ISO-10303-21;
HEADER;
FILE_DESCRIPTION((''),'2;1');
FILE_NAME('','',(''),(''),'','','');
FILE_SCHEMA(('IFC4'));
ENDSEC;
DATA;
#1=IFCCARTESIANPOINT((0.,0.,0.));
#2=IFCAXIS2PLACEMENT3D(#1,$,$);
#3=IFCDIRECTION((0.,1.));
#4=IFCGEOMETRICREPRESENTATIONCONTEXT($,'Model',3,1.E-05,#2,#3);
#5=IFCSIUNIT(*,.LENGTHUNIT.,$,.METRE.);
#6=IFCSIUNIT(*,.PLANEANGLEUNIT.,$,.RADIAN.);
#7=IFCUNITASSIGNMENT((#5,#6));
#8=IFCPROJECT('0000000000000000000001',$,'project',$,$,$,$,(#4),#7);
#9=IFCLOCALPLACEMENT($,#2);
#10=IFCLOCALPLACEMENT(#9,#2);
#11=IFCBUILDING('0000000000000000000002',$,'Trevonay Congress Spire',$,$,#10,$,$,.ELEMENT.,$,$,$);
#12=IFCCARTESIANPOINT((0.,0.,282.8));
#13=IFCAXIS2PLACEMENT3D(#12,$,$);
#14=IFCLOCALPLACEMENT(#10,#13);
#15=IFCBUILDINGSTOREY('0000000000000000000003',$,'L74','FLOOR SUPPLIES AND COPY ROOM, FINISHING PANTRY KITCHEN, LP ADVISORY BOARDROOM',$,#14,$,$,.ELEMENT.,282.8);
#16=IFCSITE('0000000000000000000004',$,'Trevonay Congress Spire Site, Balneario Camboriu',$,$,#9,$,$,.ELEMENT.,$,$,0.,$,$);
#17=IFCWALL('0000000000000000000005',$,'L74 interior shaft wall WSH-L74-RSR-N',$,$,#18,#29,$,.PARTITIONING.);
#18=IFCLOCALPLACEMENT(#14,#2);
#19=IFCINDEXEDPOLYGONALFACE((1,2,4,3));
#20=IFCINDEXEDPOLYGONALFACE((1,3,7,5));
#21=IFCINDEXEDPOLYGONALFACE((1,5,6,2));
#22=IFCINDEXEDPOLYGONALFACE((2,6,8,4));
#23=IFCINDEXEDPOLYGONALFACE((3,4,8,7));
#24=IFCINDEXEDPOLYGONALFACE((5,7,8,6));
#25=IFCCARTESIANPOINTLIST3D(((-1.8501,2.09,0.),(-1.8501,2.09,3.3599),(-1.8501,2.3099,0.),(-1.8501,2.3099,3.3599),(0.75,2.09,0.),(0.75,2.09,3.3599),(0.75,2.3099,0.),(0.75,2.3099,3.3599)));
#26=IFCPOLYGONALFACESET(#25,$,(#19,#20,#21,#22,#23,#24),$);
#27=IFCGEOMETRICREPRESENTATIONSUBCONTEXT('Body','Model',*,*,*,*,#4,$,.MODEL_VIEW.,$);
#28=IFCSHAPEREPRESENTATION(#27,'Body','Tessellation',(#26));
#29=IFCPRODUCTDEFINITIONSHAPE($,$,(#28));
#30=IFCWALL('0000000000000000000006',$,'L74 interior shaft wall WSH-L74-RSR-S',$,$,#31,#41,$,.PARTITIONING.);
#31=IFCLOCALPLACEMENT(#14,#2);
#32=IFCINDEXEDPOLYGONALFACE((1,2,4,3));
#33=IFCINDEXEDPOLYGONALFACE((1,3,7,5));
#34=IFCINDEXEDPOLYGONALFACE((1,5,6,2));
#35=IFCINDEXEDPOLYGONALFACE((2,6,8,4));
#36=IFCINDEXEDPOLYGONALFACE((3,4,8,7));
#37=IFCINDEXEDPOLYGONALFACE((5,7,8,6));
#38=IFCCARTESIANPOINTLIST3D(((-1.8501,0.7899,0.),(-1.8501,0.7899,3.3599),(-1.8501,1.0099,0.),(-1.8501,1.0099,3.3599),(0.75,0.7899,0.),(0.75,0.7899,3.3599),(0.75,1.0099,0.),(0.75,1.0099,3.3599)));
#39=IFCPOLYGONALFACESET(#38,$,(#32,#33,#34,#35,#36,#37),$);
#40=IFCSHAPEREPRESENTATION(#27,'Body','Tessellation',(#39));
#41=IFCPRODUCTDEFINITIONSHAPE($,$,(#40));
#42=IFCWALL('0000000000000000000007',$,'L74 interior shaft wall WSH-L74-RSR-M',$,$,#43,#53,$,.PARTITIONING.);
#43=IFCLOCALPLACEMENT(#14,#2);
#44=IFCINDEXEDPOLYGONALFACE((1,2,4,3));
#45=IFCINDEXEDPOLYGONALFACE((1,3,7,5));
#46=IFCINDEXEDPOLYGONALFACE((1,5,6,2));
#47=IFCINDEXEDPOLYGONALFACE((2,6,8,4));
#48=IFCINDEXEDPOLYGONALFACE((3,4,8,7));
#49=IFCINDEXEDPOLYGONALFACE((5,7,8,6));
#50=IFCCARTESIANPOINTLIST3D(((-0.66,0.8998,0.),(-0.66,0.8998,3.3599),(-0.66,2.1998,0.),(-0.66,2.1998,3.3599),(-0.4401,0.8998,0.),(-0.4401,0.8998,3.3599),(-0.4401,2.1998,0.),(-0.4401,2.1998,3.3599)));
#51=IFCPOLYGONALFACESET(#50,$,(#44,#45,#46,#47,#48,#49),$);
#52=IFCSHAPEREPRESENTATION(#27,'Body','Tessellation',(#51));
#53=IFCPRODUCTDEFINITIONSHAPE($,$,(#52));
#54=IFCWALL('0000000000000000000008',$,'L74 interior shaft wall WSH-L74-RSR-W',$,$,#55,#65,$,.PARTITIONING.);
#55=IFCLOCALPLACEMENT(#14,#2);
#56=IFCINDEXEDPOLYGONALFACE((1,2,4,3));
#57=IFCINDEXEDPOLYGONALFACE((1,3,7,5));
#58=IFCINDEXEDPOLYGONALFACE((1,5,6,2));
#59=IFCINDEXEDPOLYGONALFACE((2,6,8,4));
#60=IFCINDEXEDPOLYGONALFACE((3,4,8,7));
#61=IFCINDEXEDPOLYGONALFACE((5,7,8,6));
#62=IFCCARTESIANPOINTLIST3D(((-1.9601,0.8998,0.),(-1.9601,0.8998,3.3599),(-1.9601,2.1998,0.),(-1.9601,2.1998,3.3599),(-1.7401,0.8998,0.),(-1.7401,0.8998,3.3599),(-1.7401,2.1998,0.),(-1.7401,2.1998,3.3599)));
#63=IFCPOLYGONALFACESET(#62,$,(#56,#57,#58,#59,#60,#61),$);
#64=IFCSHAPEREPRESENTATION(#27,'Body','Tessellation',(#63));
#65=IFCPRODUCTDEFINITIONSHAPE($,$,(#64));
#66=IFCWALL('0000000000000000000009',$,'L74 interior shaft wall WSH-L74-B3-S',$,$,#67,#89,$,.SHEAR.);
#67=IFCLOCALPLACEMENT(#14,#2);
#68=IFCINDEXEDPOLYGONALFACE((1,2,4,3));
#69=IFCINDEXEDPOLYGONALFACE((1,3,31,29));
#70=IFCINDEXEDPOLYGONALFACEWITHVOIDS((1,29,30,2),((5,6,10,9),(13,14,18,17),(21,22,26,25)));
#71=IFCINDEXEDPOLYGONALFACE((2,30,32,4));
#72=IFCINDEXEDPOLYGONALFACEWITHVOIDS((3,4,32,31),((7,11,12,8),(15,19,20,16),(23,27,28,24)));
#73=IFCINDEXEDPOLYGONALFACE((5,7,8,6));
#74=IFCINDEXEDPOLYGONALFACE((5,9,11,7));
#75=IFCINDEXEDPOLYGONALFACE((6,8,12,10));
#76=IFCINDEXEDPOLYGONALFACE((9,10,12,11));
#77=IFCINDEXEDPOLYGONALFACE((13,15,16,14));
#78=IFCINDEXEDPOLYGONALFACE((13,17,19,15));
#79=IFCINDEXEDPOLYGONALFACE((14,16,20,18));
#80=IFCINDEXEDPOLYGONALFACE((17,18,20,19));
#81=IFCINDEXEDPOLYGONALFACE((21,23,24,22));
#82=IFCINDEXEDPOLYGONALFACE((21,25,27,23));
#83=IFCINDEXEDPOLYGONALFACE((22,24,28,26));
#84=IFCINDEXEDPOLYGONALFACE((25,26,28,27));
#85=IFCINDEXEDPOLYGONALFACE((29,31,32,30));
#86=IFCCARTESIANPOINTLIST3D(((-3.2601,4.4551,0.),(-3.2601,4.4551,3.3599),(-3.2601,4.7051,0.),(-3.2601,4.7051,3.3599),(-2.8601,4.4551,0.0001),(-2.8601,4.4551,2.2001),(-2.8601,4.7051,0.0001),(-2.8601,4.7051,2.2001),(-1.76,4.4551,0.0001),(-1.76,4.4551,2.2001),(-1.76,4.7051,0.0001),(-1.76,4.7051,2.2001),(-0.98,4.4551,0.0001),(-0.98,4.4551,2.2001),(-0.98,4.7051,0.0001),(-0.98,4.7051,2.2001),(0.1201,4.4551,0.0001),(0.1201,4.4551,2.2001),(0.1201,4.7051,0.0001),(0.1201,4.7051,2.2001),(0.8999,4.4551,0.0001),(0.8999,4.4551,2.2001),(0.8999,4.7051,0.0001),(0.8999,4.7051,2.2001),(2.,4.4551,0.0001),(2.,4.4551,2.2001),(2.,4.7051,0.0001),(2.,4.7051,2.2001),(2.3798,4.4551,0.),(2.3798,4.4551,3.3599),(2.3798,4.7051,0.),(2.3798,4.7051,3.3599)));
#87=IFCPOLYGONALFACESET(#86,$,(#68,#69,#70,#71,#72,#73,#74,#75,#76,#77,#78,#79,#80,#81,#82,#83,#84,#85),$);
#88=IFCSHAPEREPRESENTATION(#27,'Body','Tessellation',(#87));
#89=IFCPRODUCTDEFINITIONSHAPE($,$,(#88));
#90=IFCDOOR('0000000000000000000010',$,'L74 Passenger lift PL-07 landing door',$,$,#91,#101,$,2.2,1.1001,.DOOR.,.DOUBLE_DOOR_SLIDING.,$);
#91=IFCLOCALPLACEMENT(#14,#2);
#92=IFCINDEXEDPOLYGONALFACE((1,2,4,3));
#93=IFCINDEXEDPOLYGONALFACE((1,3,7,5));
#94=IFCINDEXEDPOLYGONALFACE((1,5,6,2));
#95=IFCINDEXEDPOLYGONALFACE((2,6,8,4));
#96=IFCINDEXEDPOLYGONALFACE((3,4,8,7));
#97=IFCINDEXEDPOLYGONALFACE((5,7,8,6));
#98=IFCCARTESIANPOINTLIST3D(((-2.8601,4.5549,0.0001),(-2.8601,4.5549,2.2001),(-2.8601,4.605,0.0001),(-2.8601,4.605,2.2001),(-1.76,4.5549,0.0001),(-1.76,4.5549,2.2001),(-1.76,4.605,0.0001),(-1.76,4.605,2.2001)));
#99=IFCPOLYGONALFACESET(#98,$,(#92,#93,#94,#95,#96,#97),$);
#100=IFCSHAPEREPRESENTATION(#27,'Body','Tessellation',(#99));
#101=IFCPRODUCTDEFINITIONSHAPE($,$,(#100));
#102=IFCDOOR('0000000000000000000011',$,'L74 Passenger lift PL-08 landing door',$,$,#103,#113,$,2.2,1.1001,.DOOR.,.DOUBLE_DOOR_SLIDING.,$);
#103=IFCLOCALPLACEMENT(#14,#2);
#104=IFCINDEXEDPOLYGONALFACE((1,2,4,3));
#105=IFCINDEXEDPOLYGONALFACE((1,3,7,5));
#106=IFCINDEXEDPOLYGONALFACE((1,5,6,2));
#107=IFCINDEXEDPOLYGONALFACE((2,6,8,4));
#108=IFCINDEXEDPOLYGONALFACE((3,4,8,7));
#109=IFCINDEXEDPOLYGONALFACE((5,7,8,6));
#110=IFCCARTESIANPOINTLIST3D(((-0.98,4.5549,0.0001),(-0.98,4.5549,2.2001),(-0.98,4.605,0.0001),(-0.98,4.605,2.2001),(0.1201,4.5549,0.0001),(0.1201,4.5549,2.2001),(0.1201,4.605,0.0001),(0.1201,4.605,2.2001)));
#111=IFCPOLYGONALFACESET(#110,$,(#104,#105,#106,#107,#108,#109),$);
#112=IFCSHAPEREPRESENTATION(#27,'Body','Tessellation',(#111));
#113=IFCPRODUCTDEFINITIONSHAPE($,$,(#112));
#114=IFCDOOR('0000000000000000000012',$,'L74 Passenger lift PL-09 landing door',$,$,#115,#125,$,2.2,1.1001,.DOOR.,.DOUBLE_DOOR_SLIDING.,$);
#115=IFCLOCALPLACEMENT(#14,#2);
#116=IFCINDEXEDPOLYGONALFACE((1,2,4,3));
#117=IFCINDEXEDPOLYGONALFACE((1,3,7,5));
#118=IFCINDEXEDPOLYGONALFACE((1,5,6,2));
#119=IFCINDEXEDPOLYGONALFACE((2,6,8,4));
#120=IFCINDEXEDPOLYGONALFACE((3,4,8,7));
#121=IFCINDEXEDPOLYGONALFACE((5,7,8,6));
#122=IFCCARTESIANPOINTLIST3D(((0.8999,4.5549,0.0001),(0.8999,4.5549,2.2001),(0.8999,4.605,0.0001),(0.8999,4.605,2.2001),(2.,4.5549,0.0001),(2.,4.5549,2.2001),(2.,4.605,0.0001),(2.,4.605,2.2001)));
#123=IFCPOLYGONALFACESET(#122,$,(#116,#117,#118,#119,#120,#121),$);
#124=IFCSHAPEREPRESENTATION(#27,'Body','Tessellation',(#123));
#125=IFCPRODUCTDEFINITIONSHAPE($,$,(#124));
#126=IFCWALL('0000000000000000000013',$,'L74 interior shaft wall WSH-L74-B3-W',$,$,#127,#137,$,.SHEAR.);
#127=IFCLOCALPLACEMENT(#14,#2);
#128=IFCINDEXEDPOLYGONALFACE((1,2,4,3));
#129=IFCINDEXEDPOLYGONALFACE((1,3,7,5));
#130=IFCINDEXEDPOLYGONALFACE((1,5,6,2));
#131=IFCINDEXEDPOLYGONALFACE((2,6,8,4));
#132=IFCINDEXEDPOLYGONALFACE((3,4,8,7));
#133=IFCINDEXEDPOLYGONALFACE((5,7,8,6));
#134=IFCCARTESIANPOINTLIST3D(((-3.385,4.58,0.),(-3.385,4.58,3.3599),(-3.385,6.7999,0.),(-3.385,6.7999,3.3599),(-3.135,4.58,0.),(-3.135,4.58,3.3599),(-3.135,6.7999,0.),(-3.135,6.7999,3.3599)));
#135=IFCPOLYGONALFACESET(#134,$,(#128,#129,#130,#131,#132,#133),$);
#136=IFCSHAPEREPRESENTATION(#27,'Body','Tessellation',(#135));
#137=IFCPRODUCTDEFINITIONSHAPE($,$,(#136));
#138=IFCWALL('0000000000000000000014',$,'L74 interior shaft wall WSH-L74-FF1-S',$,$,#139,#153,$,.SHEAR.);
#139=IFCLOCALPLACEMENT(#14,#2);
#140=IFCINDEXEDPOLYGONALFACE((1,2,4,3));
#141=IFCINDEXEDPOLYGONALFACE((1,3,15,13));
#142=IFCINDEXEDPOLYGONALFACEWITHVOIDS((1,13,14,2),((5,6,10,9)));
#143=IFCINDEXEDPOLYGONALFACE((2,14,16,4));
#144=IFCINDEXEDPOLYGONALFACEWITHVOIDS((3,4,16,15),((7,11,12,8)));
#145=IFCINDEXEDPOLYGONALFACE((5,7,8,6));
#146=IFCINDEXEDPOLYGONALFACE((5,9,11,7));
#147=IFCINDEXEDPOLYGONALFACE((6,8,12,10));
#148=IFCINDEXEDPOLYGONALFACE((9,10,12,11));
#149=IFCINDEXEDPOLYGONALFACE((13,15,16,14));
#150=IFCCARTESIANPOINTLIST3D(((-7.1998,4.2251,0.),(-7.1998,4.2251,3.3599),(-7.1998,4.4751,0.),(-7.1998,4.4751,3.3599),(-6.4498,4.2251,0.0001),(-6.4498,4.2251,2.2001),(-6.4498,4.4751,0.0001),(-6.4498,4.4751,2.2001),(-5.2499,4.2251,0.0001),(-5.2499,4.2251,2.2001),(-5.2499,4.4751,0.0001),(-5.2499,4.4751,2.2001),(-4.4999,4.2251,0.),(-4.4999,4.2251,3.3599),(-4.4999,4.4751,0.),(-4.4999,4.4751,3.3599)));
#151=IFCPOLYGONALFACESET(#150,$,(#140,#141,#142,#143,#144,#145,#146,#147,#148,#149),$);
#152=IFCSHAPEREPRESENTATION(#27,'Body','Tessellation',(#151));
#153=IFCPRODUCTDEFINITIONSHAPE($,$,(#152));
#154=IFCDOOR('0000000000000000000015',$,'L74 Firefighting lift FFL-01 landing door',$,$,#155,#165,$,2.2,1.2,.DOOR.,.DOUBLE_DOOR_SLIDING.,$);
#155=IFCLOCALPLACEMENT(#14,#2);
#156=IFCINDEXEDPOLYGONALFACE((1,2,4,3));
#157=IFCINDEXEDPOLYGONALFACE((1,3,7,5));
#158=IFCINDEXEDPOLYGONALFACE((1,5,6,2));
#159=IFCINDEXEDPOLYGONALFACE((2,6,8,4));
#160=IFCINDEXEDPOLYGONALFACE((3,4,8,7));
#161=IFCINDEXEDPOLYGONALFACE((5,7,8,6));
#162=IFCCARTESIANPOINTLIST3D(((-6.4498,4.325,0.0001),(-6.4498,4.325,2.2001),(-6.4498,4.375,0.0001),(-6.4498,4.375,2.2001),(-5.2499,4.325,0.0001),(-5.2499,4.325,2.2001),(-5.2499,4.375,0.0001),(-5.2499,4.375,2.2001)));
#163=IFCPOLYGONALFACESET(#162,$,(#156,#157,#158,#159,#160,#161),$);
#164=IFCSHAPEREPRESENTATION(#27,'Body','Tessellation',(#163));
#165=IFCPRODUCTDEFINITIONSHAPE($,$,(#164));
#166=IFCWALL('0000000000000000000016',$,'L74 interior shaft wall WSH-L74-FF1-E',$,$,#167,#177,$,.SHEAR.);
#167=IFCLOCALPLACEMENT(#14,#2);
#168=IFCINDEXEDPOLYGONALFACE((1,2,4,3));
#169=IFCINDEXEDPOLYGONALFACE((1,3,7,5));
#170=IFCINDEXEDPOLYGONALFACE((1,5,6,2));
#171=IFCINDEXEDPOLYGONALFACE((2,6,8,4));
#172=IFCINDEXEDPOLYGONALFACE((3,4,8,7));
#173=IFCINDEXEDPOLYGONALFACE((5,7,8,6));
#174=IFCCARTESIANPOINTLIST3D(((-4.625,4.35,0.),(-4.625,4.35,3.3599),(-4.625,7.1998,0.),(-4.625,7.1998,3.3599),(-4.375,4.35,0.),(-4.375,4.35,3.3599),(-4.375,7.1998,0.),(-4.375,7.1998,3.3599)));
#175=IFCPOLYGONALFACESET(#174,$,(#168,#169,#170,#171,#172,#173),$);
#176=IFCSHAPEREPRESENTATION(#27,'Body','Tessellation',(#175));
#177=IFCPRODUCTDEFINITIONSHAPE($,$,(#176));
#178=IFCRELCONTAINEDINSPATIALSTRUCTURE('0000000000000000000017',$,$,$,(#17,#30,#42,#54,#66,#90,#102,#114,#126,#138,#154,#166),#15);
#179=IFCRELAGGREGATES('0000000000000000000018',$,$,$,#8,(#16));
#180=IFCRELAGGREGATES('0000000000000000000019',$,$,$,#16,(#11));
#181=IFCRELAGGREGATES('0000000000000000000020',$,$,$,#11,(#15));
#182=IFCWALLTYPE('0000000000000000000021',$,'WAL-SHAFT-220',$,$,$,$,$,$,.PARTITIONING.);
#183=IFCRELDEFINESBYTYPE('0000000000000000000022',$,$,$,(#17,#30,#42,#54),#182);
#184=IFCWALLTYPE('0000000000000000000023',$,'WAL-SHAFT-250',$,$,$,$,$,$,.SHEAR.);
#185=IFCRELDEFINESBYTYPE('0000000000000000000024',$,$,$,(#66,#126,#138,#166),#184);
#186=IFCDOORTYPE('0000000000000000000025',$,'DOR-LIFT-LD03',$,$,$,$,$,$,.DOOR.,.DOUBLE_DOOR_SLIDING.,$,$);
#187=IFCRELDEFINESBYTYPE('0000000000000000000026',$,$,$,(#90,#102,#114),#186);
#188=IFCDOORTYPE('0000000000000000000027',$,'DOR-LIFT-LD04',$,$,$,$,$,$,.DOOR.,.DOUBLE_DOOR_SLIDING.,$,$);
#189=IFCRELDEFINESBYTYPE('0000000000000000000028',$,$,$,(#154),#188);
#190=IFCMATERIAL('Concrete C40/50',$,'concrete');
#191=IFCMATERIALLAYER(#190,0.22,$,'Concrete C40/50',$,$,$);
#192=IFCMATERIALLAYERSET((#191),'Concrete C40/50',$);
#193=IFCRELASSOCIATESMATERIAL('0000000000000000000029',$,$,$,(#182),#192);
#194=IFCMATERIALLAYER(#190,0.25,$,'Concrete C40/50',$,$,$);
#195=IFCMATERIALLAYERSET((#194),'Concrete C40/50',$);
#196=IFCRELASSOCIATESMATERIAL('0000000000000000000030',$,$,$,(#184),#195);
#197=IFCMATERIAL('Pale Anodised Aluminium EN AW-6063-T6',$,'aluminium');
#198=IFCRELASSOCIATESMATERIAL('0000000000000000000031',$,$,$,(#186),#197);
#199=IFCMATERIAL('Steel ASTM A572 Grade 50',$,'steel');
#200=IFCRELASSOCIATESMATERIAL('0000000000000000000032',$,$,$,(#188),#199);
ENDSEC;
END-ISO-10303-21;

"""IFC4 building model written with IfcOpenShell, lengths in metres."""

from ifc_helpers import new_model, si_unit, direction, frame, frame_2d, origin, place, context, subcontext, project, spatial, rectangle, extrude, material, layer, layer_set, type_object, element, fill, save


model = new_model("IFC4")

# Units and contexts
model_context = context("Model", 3, precision=1e-05, world=origin(), true_north=direction((0.0, 1.0)))
body_context = subcontext(model_context, "Body", "Model", "MODEL_VIEW")
ifc_project = project(units=[si_unit("LENGTHUNIT", "METRE"), si_unit("PLANEANGLEUNIT", "RADIAN")], contexts=[model_context])

# Site, building, storey
site_placement = place(None, origin())
site = spatial("IfcSite", under=ifc_project, at=site_placement, Name="Trevonay Congress Spire Site, Balneario Camboriu", CompositionType="ELEMENT", RefElevation=0.0)
building_placement = place(site_placement, origin())
building = spatial("IfcBuilding", under=site, at=building_placement, Name="Trevonay Congress Spire", CompositionType="ELEMENT")
storey_placement = place(building_placement, frame((0.0, 0.0, 282.8)))
storey = spatial("IfcBuildingStorey", under=building, at=storey_placement, Name="L74", Description="FLOOR SUPPLIES AND COPY ROOM, FINISHING PANTRY KITCHEN, LP ADVISORY BOARDROOM", CompositionType="ELEMENT", Elevation=282.8)

# Shared definitions
ifc_material_1 = material(Name="Steel ASTM A572 Grade 50", Category="steel")

# Shared definitions
ifc_material_2 = material(Name="Concrete C40/50", Category="concrete")

# Walls
ifc_layer_1 = layer(ifc_material_2, 0.22, Name="Concrete C40/50")
ifc_layer_set_1 = layer_set([ifc_layer_1], Name="Concrete C40/50")
wall_type_1 = type_object("IfcWallType", Name="WAL-SHAFT-220", PredefinedType="PARTITIONING", material=ifc_layer_set_1)
for number, where, z_axis, x_axis, name in (
    (1, (-1.8501, 2.2, 0.0), (0.0, 0.0, 1.0), (1.0, 0.0, 0.0), "L74 interior shaft wall WSH-L74-RSR-N"),
    (2, (-1.8501, 0.8999, 0.0), (0.0, 0.0, 1.0), (1.0, 0.0, 0.0), "L74 interior shaft wall WSH-L74-RSR-S"),
):
    element("IfcWall", number, at=place(storey_placement, frame(where, z_axis=z_axis, x_axis=x_axis)), inside=storey, type_object=wall_type_1, Name=name, PredefinedType="PARTITIONING", context=body_context, shape_type="SweptSolid", body=[
        extrude(rectangle(XDim=2.6001, YDim=0.22, at=frame_2d((1.3, 0.0))), origin(), (0.0, 0.0, 1.0), 3.3599),
    ])
for number, where, z_axis, x_axis, name in (
    (3, (-0.55, 0.8999, 0.0), (0.0, 0.0, 1.0), (0.0, 1.0, 0.0), "L74 interior shaft wall WSH-L74-RSR-M"),
    (4, (-1.8501, 0.8999, 0.0), (0.0, 0.0, 1.0), (0.0, 1.0, 0.0), "L74 interior shaft wall WSH-L74-RSR-W"),
):
    element("IfcWall", number, at=place(storey_placement, frame(where, z_axis=z_axis, x_axis=x_axis)), inside=storey, type_object=wall_type_1, Name=name, PredefinedType="PARTITIONING", context=body_context, shape_type="SweptSolid", body=[
        extrude(rectangle(XDim=1.3, YDim=0.22, at=frame_2d((0.6499, 0.0))), origin(), (0.0, 0.0, 1.0), 3.3599),
    ])

# Wall, openings, doors
ifc_layer_2 = layer(ifc_material_2, 0.25, Name="Concrete C40/50")
ifc_layer_set_2 = layer_set([ifc_layer_2], Name="Concrete C40/50")
wall_type_2 = type_object("IfcWallType", Name="WAL-SHAFT-250", PredefinedType="SHEAR", material=ifc_layer_set_2)
wall_1_placement = place(storey_placement, frame((-3.26, 4.5801, 0.0), z_axis=(0.0, 0.0, 1.0), x_axis=(1.0, 0.0, 0.0)))
wall_1 = element("IfcWall", 5, at=wall_1_placement, inside=storey, type_object=wall_type_2, Name="L74 interior shaft wall WSH-L74-B3-S", PredefinedType="SHEAR", context=body_context, shape_type="SweptSolid", body=[
    extrude(rectangle(XDim=5.6399, YDim=0.25, at=frame_2d((2.8198, 0.0))), origin(), (0.0, 0.0, 1.0), 3.3599),
])
opening_1_placement = place(wall_1_placement, frame((0.3999, 0.0, 0.0)))
opening_1 = element("IfcOpeningElement", 6, at=opening_1_placement, cuts=wall_1, PredefinedType="OPENING", context=body_context, shape_type="SweptSolid", body=[
    extrude(rectangle(XDim=1.1001, YDim=2.2, at=frame_2d((0.55, 1.1001))), frame((0.0, 0.135, 0.0), z_axis=(0.0, -1.0, 0.0), x_axis=(1.0, 0.0, 0.0)), (0.0, 0.0, 1.0), 0.27),
])
opening_2_placement = place(wall_1_placement, frame((2.28, 0.0, 0.0)))
opening_2 = element("IfcOpeningElement", 7, at=opening_2_placement, cuts=wall_1, PredefinedType="OPENING", context=body_context, shape_type="SweptSolid", body=[
    extrude(rectangle(XDim=1.1001, YDim=2.2, at=frame_2d((0.55, 1.1001))), frame((0.0, 0.135, 0.0), z_axis=(0.0, -1.0, 0.0), x_axis=(1.0, 0.0, 0.0)), (0.0, 0.0, 1.0), 0.27),
])
opening_3_placement = place(wall_1_placement, frame((4.1599, 0.0, 0.0)))
opening_3 = element("IfcOpeningElement", 8, at=opening_3_placement, cuts=wall_1, PredefinedType="OPENING", context=body_context, shape_type="SweptSolid", body=[
    extrude(rectangle(XDim=1.1001, YDim=2.2, at=frame_2d((0.55, 1.1001))), frame((0.0, 0.135, 0.0), z_axis=(0.0, -1.0, 0.0), x_axis=(1.0, 0.0, 0.0)), (0.0, 0.0, 1.0), 0.27),
])
ifc_material_3 = material(Name="Pale Anodised Aluminium EN AW-6063-T6", Category="aluminium")
door_type_1 = type_object("IfcDoorType", Name="DOR-LIFT-LD03", OperationType="DOUBLE_DOOR_SLIDING", PredefinedType="DOOR", material=ifc_material_3)
door_1_placement = place(opening_1_placement, origin())
door_1 = element("IfcDoor", 9, at=door_1_placement, inside=storey, type_object=door_type_1, Name="L74 Passenger lift PL-07 landing door", OperationType="DOUBLE_DOOR_SLIDING", OverallHeight=2.2, OverallWidth=1.1001, PredefinedType="DOOR", context=body_context, shape_type="SweptSolid", body=[
    extrude(rectangle(XDim=1.1001, YDim=2.2, at=frame_2d((0.55, 1.1001))), frame((0.0, 0.0249, 0.0), z_axis=(0.0, -1.0, 0.0), x_axis=(1.0, 0.0, 0.0)), (0.0, 0.0, 1.0), 0.05),
])
fill(opening_1, door_1)
door_2_placement = place(opening_2_placement, origin())
door_2 = element("IfcDoor", 10, at=door_2_placement, inside=storey, type_object=door_type_1, Name="L74 Passenger lift PL-08 landing door", OperationType="DOUBLE_DOOR_SLIDING", OverallHeight=2.2, OverallWidth=1.1001, PredefinedType="DOOR", context=body_context, shape_type="SweptSolid", body=[
    extrude(rectangle(XDim=1.1001, YDim=2.2, at=frame_2d((0.55, 1.1001))), frame((0.0, 0.0249, 0.0), z_axis=(0.0, -1.0, 0.0), x_axis=(1.0, 0.0, 0.0)), (0.0, 0.0, 1.0), 0.05),
])
fill(opening_2, door_2)
door_3_placement = place(opening_3_placement, origin())
door_3 = element("IfcDoor", 11, at=door_3_placement, inside=storey, type_object=door_type_1, Name="L74 Passenger lift PL-09 landing door", OperationType="DOUBLE_DOOR_SLIDING", OverallHeight=2.2, OverallWidth=1.1001, PredefinedType="DOOR", context=body_context, shape_type="SweptSolid", body=[
    extrude(rectangle(XDim=1.1001, YDim=2.2, at=frame_2d((0.55, 1.1001))), frame((0.0, 0.0249, 0.0), z_axis=(0.0, -1.0, 0.0), x_axis=(1.0, 0.0, 0.0)), (0.0, 0.0, 1.0), 0.05),
])
fill(opening_3, door_3)

# Wall
wall_2_placement = place(storey_placement, frame((-3.26, 4.5801, 0.0), z_axis=(0.0, 0.0, 1.0), x_axis=(0.0, 1.0, 0.0)))
element("IfcWall", 12, at=wall_2_placement, inside=storey, type_object=wall_type_2, Name="L74 interior shaft wall WSH-L74-B3-W", PredefinedType="SHEAR", context=body_context, shape_type="SweptSolid", body=[
    extrude(rectangle(XDim=2.22, YDim=0.25, at=frame_2d((1.1099, 0.0))), origin(), (0.0, 0.0, 1.0), 3.3599),
])

# Wall, opening, door
wall_3_placement = place(storey_placement, frame((-7.2, 4.3501, 0.0), z_axis=(0.0, 0.0, 1.0), x_axis=(1.0, 0.0, 0.0)))
wall_3 = element("IfcWall", 13, at=wall_3_placement, inside=storey, type_object=wall_type_2, Name="L74 interior shaft wall WSH-L74-FF1-S", PredefinedType="SHEAR", context=body_context, shape_type="SweptSolid", body=[
    extrude(rectangle(XDim=2.7, YDim=0.25, at=frame_2d((1.3501, 0.0))), origin(), (0.0, 0.0, 1.0), 3.3599),
])
opening_4_placement = place(wall_3_placement, frame((0.75, 0.0, 0.0)))
opening_4 = element("IfcOpeningElement", 14, at=opening_4_placement, cuts=wall_3, PredefinedType="OPENING", context=body_context, shape_type="SweptSolid", body=[
    extrude(rectangle(XDim=1.2, YDim=2.2, at=frame_2d((0.6001, 1.1001))), frame((0.0, 0.135, 0.0), z_axis=(0.0, -1.0, 0.0), x_axis=(1.0, 0.0, 0.0)), (0.0, 0.0, 1.0), 0.27),
])
door_type_2 = type_object("IfcDoorType", Name="DOR-LIFT-LD04", OperationType="DOUBLE_DOOR_SLIDING", PredefinedType="DOOR", material=ifc_material_1)
door_4_placement = place(opening_4_placement, origin())
door_4 = element("IfcDoor", 15, at=door_4_placement, inside=storey, type_object=door_type_2, Name="L74 Firefighting lift FFL-01 landing door", OperationType="DOUBLE_DOOR_SLIDING", OverallHeight=2.2, OverallWidth=1.2, PredefinedType="DOOR", context=body_context, shape_type="SweptSolid", body=[
    extrude(rectangle(XDim=1.2, YDim=2.2, at=frame_2d((0.6001, 1.1001))), frame((0.0, 0.0249, 0.0), z_axis=(0.0, -1.0, 0.0), x_axis=(1.0, 0.0, 0.0)), (0.0, 0.0, 1.0), 0.05),
])
fill(opening_4, door_4)

# Wall
wall_4_placement = place(storey_placement, frame((-4.5, 4.3501, 0.0), z_axis=(0.0, 0.0, 1.0), x_axis=(0.0, 1.0, 0.0)))
element("IfcWall", 16, at=wall_4_placement, inside=storey, type_object=wall_type_2, Name="L74 interior shaft wall WSH-L74-FF1-E", PredefinedType="SHEAR", context=body_context, shape_type="SweptSolid", body=[
    extrude(rectangle(XDim=2.8499, YDim=0.25, at=frame_2d((1.4248, 0.0))), origin(), (0.0, 0.0, 1.0), 3.3599),
])

save(model, "model.ifc")
